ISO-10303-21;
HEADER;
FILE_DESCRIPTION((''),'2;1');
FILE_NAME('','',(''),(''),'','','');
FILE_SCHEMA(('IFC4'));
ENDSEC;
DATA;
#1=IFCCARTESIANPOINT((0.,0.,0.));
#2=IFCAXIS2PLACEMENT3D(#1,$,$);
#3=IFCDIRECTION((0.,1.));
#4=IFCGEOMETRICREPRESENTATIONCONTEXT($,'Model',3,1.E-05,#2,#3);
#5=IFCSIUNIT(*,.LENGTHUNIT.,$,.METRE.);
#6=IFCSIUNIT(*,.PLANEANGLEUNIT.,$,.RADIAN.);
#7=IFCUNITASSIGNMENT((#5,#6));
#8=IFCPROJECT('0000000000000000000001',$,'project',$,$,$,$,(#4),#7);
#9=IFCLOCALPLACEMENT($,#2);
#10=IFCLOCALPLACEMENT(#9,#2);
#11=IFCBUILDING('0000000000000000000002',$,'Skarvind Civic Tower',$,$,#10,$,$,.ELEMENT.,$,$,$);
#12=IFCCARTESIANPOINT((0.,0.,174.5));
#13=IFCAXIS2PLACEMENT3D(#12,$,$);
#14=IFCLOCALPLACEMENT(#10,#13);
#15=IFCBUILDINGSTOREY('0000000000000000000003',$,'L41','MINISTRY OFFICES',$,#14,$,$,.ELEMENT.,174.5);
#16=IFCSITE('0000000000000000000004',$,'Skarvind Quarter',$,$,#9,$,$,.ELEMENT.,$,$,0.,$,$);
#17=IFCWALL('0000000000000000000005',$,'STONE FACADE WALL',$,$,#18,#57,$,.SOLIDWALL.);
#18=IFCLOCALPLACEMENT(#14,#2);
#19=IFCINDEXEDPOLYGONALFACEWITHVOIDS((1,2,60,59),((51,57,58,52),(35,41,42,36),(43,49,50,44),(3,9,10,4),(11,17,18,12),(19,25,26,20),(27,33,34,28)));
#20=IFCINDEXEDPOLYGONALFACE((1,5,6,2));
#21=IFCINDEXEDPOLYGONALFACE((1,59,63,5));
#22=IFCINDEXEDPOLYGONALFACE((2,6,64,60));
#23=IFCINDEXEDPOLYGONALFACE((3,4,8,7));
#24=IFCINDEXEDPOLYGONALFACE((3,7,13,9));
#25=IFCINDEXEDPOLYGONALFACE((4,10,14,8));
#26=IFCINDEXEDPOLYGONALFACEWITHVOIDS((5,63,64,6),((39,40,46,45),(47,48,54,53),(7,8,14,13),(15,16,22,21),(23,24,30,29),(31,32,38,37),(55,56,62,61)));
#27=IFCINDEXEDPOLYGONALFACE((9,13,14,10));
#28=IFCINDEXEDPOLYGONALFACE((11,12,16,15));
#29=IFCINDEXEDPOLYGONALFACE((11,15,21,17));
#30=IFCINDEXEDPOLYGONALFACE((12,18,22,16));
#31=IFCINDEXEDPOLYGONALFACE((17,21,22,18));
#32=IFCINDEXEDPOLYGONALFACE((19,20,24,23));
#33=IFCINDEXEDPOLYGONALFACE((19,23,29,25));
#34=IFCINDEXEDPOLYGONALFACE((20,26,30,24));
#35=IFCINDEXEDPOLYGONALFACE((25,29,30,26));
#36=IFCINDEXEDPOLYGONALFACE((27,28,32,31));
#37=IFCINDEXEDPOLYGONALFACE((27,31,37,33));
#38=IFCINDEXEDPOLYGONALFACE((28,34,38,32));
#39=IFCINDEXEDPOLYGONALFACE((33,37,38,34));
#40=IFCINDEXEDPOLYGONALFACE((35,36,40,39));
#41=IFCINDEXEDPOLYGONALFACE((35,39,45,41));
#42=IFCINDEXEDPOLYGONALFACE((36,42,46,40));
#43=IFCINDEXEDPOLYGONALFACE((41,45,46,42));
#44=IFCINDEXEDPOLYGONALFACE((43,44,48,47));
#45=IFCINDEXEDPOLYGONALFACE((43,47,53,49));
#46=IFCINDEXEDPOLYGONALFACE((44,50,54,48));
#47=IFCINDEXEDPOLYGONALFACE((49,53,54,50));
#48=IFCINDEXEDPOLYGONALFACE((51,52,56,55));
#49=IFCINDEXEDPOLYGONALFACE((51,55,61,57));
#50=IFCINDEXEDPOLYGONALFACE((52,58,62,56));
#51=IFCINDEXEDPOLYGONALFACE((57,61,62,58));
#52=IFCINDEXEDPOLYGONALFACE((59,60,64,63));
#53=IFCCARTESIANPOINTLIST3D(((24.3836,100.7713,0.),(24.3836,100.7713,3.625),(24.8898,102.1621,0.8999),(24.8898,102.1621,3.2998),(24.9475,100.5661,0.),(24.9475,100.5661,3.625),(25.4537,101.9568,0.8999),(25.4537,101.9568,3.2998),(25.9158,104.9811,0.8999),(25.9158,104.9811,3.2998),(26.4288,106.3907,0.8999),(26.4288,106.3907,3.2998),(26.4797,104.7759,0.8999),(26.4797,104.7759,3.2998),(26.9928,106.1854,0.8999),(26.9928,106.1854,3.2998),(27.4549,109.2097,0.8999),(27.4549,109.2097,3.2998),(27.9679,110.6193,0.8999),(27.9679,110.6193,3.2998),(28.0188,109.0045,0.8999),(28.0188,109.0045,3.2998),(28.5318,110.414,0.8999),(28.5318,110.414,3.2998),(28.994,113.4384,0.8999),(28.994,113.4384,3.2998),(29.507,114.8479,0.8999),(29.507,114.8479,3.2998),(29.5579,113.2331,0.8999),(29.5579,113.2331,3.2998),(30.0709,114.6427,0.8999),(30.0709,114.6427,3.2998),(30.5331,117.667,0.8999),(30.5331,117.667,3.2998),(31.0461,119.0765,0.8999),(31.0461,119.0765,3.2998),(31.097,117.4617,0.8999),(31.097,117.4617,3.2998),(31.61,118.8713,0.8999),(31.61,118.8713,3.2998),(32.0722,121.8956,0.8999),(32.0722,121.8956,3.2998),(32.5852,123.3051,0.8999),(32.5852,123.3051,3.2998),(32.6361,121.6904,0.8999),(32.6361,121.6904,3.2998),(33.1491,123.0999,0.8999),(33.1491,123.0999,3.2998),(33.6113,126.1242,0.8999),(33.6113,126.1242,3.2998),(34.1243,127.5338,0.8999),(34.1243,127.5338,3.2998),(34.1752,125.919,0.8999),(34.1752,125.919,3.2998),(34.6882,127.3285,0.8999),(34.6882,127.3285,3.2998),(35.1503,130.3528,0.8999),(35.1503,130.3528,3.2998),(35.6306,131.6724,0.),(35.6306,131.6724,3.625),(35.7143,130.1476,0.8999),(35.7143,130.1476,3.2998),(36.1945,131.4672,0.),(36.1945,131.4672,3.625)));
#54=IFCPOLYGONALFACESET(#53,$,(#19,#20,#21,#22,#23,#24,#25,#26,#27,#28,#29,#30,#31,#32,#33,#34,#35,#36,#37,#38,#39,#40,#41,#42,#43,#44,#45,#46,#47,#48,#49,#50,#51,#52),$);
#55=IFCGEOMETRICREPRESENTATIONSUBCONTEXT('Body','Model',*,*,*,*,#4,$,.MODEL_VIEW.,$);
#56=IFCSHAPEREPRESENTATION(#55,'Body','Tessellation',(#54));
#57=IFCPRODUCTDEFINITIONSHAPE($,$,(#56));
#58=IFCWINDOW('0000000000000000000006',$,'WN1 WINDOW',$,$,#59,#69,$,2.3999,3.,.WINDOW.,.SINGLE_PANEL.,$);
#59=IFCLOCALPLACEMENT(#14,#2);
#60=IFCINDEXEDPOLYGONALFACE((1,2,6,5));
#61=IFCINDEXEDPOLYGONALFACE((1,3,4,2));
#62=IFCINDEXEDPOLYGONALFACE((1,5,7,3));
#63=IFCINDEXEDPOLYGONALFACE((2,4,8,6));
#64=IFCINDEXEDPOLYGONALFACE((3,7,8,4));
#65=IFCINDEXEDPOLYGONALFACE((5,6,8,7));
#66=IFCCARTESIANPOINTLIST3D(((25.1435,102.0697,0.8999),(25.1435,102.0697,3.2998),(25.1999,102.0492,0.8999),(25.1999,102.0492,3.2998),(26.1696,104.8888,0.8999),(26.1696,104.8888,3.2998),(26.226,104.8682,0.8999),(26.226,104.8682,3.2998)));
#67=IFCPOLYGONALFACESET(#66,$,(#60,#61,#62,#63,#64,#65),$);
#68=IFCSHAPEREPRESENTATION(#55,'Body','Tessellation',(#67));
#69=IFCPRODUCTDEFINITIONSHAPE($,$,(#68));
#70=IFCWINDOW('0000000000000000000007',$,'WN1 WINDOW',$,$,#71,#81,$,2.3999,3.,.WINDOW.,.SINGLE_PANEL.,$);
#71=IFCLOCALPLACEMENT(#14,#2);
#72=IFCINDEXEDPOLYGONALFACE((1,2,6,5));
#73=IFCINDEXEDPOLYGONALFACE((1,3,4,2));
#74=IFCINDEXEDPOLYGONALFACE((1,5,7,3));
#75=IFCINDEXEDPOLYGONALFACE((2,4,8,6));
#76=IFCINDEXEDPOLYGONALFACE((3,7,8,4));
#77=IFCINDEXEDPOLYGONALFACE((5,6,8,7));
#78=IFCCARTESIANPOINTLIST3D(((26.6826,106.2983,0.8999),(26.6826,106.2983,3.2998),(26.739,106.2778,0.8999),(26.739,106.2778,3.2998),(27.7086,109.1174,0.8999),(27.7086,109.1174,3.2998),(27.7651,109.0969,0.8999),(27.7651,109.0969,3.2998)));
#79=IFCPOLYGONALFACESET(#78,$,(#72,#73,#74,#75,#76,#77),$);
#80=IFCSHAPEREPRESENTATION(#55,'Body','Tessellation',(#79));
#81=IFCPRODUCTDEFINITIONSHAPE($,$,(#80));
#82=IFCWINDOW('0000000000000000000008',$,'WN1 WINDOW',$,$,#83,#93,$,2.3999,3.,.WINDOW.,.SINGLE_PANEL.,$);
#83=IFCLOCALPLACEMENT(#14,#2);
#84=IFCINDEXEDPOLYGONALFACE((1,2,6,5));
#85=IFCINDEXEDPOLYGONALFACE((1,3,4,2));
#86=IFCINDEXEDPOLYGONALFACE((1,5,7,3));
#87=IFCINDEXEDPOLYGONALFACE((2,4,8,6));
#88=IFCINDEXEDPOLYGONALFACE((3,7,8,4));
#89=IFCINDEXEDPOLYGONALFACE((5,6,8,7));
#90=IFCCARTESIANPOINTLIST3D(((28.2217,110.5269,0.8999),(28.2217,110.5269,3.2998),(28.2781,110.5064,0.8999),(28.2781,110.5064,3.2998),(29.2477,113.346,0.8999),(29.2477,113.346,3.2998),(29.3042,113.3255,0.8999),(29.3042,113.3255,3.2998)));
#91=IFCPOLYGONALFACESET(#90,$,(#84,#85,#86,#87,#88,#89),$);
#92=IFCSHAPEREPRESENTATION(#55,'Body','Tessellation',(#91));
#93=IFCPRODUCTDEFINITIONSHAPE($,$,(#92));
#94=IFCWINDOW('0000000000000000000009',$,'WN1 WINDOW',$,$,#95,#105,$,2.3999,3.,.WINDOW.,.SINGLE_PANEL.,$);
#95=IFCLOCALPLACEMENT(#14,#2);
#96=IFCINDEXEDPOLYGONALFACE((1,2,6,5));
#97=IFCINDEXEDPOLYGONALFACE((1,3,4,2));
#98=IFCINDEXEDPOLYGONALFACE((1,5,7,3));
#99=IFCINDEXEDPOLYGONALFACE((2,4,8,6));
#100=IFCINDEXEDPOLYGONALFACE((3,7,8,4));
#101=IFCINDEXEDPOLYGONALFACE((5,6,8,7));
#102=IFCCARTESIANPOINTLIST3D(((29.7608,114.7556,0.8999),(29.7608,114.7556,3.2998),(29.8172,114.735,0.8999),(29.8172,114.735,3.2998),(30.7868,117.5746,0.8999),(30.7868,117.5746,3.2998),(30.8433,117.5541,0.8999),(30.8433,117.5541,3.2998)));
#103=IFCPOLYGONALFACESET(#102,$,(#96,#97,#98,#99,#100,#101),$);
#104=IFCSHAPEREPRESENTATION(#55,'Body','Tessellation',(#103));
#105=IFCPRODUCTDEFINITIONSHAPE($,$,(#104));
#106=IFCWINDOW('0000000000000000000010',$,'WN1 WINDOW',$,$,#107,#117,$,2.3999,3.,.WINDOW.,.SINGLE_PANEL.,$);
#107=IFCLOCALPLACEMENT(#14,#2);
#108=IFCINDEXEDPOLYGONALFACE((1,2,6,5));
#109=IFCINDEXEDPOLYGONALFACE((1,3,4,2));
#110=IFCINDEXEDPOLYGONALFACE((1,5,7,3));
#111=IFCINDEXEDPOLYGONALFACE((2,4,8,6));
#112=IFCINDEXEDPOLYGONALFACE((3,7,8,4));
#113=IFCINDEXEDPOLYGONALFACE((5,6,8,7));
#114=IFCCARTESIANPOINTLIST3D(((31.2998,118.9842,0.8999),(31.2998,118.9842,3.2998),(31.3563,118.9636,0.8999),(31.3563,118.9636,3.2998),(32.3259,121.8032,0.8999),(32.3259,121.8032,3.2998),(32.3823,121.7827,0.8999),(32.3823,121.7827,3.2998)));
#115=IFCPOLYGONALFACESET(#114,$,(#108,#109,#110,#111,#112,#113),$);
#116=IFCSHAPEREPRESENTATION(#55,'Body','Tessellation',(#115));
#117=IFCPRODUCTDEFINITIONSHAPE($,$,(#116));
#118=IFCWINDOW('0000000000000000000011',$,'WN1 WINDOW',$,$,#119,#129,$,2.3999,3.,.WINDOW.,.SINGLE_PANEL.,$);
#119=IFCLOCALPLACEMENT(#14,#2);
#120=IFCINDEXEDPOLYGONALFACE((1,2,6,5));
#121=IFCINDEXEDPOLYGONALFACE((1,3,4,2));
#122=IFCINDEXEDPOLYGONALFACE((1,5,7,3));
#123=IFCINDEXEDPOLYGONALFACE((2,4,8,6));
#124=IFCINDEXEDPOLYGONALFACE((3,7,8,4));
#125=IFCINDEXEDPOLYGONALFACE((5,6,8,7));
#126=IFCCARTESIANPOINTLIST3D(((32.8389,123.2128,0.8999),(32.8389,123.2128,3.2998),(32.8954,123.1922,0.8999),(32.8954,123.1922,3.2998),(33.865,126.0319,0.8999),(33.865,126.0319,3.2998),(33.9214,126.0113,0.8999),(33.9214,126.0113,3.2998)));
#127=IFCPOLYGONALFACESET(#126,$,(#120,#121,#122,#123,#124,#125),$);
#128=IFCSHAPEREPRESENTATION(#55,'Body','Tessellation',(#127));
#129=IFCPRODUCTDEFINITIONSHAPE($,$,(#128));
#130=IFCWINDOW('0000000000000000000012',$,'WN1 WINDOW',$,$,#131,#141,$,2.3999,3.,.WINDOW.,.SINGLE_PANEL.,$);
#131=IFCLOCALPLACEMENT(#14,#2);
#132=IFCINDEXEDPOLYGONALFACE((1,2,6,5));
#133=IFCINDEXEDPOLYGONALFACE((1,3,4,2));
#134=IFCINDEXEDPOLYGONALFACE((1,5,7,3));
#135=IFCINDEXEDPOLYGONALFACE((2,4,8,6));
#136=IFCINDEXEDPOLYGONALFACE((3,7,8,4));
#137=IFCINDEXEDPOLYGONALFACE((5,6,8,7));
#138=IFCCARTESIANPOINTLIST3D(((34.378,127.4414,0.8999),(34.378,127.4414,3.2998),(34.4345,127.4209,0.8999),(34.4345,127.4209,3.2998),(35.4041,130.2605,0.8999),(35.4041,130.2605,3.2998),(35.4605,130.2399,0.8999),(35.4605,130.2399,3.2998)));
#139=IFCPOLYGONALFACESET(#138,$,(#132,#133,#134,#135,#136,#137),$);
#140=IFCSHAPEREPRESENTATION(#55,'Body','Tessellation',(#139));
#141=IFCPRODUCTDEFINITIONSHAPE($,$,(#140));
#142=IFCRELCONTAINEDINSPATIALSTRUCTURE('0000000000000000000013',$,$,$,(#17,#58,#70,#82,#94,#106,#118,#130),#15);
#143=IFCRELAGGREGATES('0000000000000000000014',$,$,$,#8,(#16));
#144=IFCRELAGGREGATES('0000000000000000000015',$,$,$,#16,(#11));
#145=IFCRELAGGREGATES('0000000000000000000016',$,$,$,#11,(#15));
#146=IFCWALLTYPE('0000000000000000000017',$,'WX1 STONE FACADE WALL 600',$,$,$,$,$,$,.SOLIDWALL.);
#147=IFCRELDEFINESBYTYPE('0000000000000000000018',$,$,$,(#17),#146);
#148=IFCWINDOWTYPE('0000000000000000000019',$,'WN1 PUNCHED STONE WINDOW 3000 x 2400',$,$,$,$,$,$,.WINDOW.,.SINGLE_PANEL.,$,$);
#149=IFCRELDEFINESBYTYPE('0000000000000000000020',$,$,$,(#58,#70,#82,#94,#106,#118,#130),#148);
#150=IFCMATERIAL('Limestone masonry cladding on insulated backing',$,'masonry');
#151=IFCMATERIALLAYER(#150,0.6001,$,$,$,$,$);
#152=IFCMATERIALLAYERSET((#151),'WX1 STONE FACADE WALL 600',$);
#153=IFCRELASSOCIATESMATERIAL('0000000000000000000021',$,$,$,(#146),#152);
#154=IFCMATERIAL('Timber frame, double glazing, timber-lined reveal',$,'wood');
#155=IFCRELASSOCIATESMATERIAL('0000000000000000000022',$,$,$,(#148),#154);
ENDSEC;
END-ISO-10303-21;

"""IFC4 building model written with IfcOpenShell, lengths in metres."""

from ifc_helpers import new_model, si_unit, direction, frame, frame_2d, origin, place, context, subcontext, project, spatial, rectangle, extrude, material, layer, layer_set, type_object, element, fill, save


model = new_model("IFC4")

# Units and contexts
model_context = context("Model", 3, precision=1e-05, world=origin(), true_north=direction((0.0, 1.0)))
body_context = subcontext(model_context, "Body", "Model", "MODEL_VIEW")
ifc_project = project(units=[si_unit("LENGTHUNIT", "METRE"), si_unit("PLANEANGLEUNIT", "RADIAN")], contexts=[model_context])

# Site, building, storey
site_placement = place(None, origin())
site = spatial("IfcSite", under=ifc_project, at=site_placement, Name="Skarvind Quarter", CompositionType="ELEMENT", RefElevation=0.0)
building_placement = place(site_placement, origin())
building = spatial("IfcBuilding", under=site, at=building_placement, Name="Skarvind Civic Tower", CompositionType="ELEMENT")
storey_placement = place(building_placement, frame((0.0, 0.0, 174.5)))
storey = spatial("IfcBuildingStorey", under=building, at=storey_placement, Name="L41", Description="MINISTRY OFFICES", CompositionType="ELEMENT", Elevation=174.5)

# Wall, openings, windows
ifc_material_1 = material(Name="Limestone masonry cladding on insulated backing", Category="masonry")
ifc_layer_1 = layer(ifc_material_1, 0.6001)
ifc_layer_set_1 = layer_set([ifc_layer_1], Name="WX1 STONE FACADE WALL 600")
wall_type_1 = type_object("IfcWallType", Name="WX1 STONE FACADE WALL 600", PredefinedType="SOLIDWALL", material=ifc_layer_set_1)
wall_1_placement = place(storey_placement, frame((24.6655, 100.6687, 0.0), z_axis=(0.0, 0.0, 1.0), x_axis=(0.34202, 0.939693, 0.0)))
wall_1 = element("IfcWall", 1, at=wall_1_placement, inside=storey, type_object=wall_type_1, Name="STONE FACADE WALL", PredefinedType="SOLIDWALL", context=body_context, shape_type="SweptSolid", body=[
    extrude(rectangle(XDim=32.8843, YDim=0.6001, at=frame_2d((16.4421, 0.0))), origin(), (0.0, 0.0, 1.0), 3.625),
])
opening_1_placement = place(wall_1_placement, frame((1.48, 0.0, 0.8999)))
opening_1 = element("IfcOpeningElement", 2, at=opening_1_placement, cuts=wall_1, PredefinedType="OPENING", context=body_context, shape_type="SweptSolid", body=[
    extrude(rectangle(XDim=3.0, YDim=2.3999, at=frame_2d((1.5, 1.2))), frame((0.0, 0.3101, 0.0), z_axis=(0.0, -1.0, 0.0), x_axis=(1.0, 0.0, 0.0)), (0.0, 0.0, 1.0), 0.6201),
])
opening_2_placement = place(wall_1_placement, frame((5.98, 0.0, 0.8999)))
opening_2 = element("IfcOpeningElement", 3, at=opening_2_placement, cuts=wall_1, PredefinedType="OPENING", context=body_context, shape_type="SweptSolid", body=[
    extrude(rectangle(XDim=3.0, YDim=2.3999, at=frame_2d((1.5, 1.2))), frame((0.0, 0.3101, 0.0), z_axis=(0.0, -1.0, 0.0), x_axis=(1.0, 0.0, 0.0)), (0.0, 0.0, 1.0), 0.6201),
])
opening_3_placement = place(wall_1_placement, frame((10.48, 0.0, 0.8999)))
opening_3 = element("IfcOpeningElement", 4, at=opening_3_placement, cuts=wall_1, PredefinedType="OPENING", context=body_context, shape_type="SweptSolid", body=[
    extrude(rectangle(XDim=3.0, YDim=2.3999, at=frame_2d((1.5, 1.2))), frame((0.0, 0.3101, 0.0), z_axis=(0.0, -1.0, 0.0), x_axis=(1.0, 0.0, 0.0)), (0.0, 0.0, 1.0), 0.6201),
])
opening_4_placement = place(wall_1_placement, frame((14.98, 0.0, 0.8999)))
opening_4 = element("IfcOpeningElement", 5, at=opening_4_placement, cuts=wall_1, PredefinedType="OPENING", context=body_context, shape_type="SweptSolid", body=[
    extrude(rectangle(XDim=3.0, YDim=2.3999, at=frame_2d((1.5, 1.2))), frame((0.0, 0.3101, 0.0), z_axis=(0.0, -1.0, 0.0), x_axis=(1.0, 0.0, 0.0)), (0.0, 0.0, 1.0), 0.6201),
])
opening_5_placement = place(wall_1_placement, frame((19.48, 0.0, 0.8999)))
opening_5 = element("IfcOpeningElement", 6, at=opening_5_placement, cuts=wall_1, PredefinedType="OPENING", context=body_context, shape_type="SweptSolid", body=[
    extrude(rectangle(XDim=3.0, YDim=2.3999, at=frame_2d((1.5, 1.2))), frame((0.0, 0.3101, 0.0), z_axis=(0.0, -1.0, 0.0), x_axis=(1.0, 0.0, 0.0)), (0.0, 0.0, 1.0), 0.6201),
])
opening_6_placement = place(wall_1_placement, frame((23.98, 0.0, 0.8999)))
opening_6 = element("IfcOpeningElement", 7, at=opening_6_placement, cuts=wall_1, PredefinedType="OPENING", context=body_context, shape_type="SweptSolid", body=[
    extrude(rectangle(XDim=3.0, YDim=2.3999, at=frame_2d((1.5, 1.2))), frame((0.0, 0.3101, 0.0), z_axis=(0.0, -1.0, 0.0), x_axis=(1.0, 0.0, 0.0)), (0.0, 0.0, 1.0), 0.6201),
])
opening_7_placement = place(wall_1_placement, frame((28.48, 0.0, 0.8999)))
opening_7 = element("IfcOpeningElement", 8, at=opening_7_placement, cuts=wall_1, PredefinedType="OPENING", context=body_context, shape_type="SweptSolid", body=[
    extrude(rectangle(XDim=3.0, YDim=2.3999, at=frame_2d((1.5, 1.2))), frame((0.0, 0.3101, 0.0), z_axis=(0.0, -1.0, 0.0), x_axis=(1.0, 0.0, 0.0)), (0.0, 0.0, 1.0), 0.6201),
])
ifc_material_2 = material(Name="Timber frame, double glazing, timber-lined reveal", Category="wood")
window_type = type_object("IfcWindowType", Name="WN1 PUNCHED STONE WINDOW 3000 x 2400", PartitioningType="SINGLE_PANEL", PredefinedType="WINDOW", material=ifc_material_2)
window_1_placement = place(opening_1_placement, origin())
window_1 = element("IfcWindow", 9, at=window_1_placement, inside=storey, type_object=window_type, Name="WN1 WINDOW", OverallHeight=2.3999, OverallWidth=3.0, PartitioningType="SINGLE_PANEL", PredefinedType="WINDOW", context=body_context, shape_type="SweptSolid", body=[
    extrude(rectangle(XDim=3.0, YDim=2.3999, at=frame_2d((1.5, 1.2))), frame((0.0, 0.03, 0.0), z_axis=(0.0, -1.0, 0.0), x_axis=(1.0, 0.0, 0.0)), (0.0, 0.0, 1.0), 0.0601),
])
fill(opening_1, window_1)
window_2_placement = place(opening_2_placement, origin())
window_2 = element("IfcWindow", 10, at=window_2_placement, inside=storey, type_object=window_type, Name="WN1 WINDOW", OverallHeight=2.3999, OverallWidth=3.0, PartitioningType="SINGLE_PANEL", PredefinedType="WINDOW", context=body_context, shape_type="SweptSolid", body=[
    extrude(rectangle(XDim=3.0, YDim=2.3999, at=frame_2d((1.5, 1.2))), frame((0.0, 0.03, 0.0), z_axis=(0.0, -1.0, 0.0), x_axis=(1.0, 0.0, 0.0)), (0.0, 0.0, 1.0), 0.0601),
])
fill(opening_2, window_2)
window_3_placement = place(opening_3_placement, origin())
window_3 = element("IfcWindow", 11, at=window_3_placement, inside=storey, type_object=window_type, Name="WN1 WINDOW", OverallHeight=2.3999, OverallWidth=3.0, PartitioningType="SINGLE_PANEL", PredefinedType="WINDOW", context=body_context, shape_type="SweptSolid", body=[
    extrude(rectangle(XDim=3.0, YDim=2.3999, at=frame_2d((1.5, 1.2))), frame((0.0, 0.03, 0.0), z_axis=(0.0, -1.0, 0.0), x_axis=(1.0, 0.0, 0.0)), (0.0, 0.0, 1.0), 0.0601),
])
fill(opening_3, window_3)
window_4_placement = place(opening_4_placement, origin())
window_4 = element("IfcWindow", 12, at=window_4_placement, inside=storey, type_object=window_type, Name="WN1 WINDOW", OverallHeight=2.3999, OverallWidth=3.0, PartitioningType="SINGLE_PANEL", PredefinedType="WINDOW", context=body_context, shape_type="SweptSolid", body=[
    extrude(rectangle(XDim=3.0, YDim=2.3999, at=frame_2d((1.5, 1.2))), frame((0.0, 0.03, 0.0), z_axis=(0.0, -1.0, 0.0), x_axis=(1.0, 0.0, 0.0)), (0.0, 0.0, 1.0), 0.0601),
])
fill(opening_4, window_4)
window_5_placement = place(opening_5_placement, origin())
window_5 = element("IfcWindow", 13, at=window_5_placement, inside=storey, type_object=window_type, Name="WN1 WINDOW", OverallHeight=2.3999, OverallWidth=3.0, PartitioningType="SINGLE_PANEL", PredefinedType="WINDOW", context=body_context, shape_type="SweptSolid", body=[
    extrude(rectangle(XDim=3.0, YDim=2.3999, at=frame_2d((1.5, 1.2))), frame((0.0, 0.03, 0.0), z_axis=(0.0, -1.0, 0.0), x_axis=(1.0, 0.0, 0.0)), (0.0, 0.0, 1.0), 0.0601),
])
fill(opening_5, window_5)
window_6_placement = place(opening_6_placement, origin())
window_6 = element("IfcWindow", 14, at=window_6_placement, inside=storey, type_object=window_type, Name="WN1 WINDOW", OverallHeight=2.3999, OverallWidth=3.0, PartitioningType="SINGLE_PANEL", PredefinedType="WINDOW", context=body_context, shape_type="SweptSolid", body=[
    extrude(rectangle(XDim=3.0, YDim=2.3999, at=frame_2d((1.5, 1.2))), frame((0.0, 0.03, 0.0), z_axis=(0.0, -1.0, 0.0), x_axis=(1.0, 0.0, 0.0)), (0.0, 0.0, 1.0), 0.0601),
])
fill(opening_6, window_6)
window_7_placement = place(opening_7_placement, origin())
window_7 = element("IfcWindow", 15, at=window_7_placement, inside=storey, type_object=window_type, Name="WN1 WINDOW", OverallHeight=2.3999, OverallWidth=3.0, PartitioningType="SINGLE_PANEL", PredefinedType="WINDOW", context=body_context, shape_type="SweptSolid", body=[
    extrude(rectangle(XDim=3.0, YDim=2.3999, at=frame_2d((1.5, 1.2))), frame((0.0, 0.03, 0.0), z_axis=(0.0, -1.0, 0.0), x_axis=(1.0, 0.0, 0.0)), (0.0, 0.0, 1.0), 0.0601),
])
fill(opening_7, window_7)

save(model, "model.ifc")
